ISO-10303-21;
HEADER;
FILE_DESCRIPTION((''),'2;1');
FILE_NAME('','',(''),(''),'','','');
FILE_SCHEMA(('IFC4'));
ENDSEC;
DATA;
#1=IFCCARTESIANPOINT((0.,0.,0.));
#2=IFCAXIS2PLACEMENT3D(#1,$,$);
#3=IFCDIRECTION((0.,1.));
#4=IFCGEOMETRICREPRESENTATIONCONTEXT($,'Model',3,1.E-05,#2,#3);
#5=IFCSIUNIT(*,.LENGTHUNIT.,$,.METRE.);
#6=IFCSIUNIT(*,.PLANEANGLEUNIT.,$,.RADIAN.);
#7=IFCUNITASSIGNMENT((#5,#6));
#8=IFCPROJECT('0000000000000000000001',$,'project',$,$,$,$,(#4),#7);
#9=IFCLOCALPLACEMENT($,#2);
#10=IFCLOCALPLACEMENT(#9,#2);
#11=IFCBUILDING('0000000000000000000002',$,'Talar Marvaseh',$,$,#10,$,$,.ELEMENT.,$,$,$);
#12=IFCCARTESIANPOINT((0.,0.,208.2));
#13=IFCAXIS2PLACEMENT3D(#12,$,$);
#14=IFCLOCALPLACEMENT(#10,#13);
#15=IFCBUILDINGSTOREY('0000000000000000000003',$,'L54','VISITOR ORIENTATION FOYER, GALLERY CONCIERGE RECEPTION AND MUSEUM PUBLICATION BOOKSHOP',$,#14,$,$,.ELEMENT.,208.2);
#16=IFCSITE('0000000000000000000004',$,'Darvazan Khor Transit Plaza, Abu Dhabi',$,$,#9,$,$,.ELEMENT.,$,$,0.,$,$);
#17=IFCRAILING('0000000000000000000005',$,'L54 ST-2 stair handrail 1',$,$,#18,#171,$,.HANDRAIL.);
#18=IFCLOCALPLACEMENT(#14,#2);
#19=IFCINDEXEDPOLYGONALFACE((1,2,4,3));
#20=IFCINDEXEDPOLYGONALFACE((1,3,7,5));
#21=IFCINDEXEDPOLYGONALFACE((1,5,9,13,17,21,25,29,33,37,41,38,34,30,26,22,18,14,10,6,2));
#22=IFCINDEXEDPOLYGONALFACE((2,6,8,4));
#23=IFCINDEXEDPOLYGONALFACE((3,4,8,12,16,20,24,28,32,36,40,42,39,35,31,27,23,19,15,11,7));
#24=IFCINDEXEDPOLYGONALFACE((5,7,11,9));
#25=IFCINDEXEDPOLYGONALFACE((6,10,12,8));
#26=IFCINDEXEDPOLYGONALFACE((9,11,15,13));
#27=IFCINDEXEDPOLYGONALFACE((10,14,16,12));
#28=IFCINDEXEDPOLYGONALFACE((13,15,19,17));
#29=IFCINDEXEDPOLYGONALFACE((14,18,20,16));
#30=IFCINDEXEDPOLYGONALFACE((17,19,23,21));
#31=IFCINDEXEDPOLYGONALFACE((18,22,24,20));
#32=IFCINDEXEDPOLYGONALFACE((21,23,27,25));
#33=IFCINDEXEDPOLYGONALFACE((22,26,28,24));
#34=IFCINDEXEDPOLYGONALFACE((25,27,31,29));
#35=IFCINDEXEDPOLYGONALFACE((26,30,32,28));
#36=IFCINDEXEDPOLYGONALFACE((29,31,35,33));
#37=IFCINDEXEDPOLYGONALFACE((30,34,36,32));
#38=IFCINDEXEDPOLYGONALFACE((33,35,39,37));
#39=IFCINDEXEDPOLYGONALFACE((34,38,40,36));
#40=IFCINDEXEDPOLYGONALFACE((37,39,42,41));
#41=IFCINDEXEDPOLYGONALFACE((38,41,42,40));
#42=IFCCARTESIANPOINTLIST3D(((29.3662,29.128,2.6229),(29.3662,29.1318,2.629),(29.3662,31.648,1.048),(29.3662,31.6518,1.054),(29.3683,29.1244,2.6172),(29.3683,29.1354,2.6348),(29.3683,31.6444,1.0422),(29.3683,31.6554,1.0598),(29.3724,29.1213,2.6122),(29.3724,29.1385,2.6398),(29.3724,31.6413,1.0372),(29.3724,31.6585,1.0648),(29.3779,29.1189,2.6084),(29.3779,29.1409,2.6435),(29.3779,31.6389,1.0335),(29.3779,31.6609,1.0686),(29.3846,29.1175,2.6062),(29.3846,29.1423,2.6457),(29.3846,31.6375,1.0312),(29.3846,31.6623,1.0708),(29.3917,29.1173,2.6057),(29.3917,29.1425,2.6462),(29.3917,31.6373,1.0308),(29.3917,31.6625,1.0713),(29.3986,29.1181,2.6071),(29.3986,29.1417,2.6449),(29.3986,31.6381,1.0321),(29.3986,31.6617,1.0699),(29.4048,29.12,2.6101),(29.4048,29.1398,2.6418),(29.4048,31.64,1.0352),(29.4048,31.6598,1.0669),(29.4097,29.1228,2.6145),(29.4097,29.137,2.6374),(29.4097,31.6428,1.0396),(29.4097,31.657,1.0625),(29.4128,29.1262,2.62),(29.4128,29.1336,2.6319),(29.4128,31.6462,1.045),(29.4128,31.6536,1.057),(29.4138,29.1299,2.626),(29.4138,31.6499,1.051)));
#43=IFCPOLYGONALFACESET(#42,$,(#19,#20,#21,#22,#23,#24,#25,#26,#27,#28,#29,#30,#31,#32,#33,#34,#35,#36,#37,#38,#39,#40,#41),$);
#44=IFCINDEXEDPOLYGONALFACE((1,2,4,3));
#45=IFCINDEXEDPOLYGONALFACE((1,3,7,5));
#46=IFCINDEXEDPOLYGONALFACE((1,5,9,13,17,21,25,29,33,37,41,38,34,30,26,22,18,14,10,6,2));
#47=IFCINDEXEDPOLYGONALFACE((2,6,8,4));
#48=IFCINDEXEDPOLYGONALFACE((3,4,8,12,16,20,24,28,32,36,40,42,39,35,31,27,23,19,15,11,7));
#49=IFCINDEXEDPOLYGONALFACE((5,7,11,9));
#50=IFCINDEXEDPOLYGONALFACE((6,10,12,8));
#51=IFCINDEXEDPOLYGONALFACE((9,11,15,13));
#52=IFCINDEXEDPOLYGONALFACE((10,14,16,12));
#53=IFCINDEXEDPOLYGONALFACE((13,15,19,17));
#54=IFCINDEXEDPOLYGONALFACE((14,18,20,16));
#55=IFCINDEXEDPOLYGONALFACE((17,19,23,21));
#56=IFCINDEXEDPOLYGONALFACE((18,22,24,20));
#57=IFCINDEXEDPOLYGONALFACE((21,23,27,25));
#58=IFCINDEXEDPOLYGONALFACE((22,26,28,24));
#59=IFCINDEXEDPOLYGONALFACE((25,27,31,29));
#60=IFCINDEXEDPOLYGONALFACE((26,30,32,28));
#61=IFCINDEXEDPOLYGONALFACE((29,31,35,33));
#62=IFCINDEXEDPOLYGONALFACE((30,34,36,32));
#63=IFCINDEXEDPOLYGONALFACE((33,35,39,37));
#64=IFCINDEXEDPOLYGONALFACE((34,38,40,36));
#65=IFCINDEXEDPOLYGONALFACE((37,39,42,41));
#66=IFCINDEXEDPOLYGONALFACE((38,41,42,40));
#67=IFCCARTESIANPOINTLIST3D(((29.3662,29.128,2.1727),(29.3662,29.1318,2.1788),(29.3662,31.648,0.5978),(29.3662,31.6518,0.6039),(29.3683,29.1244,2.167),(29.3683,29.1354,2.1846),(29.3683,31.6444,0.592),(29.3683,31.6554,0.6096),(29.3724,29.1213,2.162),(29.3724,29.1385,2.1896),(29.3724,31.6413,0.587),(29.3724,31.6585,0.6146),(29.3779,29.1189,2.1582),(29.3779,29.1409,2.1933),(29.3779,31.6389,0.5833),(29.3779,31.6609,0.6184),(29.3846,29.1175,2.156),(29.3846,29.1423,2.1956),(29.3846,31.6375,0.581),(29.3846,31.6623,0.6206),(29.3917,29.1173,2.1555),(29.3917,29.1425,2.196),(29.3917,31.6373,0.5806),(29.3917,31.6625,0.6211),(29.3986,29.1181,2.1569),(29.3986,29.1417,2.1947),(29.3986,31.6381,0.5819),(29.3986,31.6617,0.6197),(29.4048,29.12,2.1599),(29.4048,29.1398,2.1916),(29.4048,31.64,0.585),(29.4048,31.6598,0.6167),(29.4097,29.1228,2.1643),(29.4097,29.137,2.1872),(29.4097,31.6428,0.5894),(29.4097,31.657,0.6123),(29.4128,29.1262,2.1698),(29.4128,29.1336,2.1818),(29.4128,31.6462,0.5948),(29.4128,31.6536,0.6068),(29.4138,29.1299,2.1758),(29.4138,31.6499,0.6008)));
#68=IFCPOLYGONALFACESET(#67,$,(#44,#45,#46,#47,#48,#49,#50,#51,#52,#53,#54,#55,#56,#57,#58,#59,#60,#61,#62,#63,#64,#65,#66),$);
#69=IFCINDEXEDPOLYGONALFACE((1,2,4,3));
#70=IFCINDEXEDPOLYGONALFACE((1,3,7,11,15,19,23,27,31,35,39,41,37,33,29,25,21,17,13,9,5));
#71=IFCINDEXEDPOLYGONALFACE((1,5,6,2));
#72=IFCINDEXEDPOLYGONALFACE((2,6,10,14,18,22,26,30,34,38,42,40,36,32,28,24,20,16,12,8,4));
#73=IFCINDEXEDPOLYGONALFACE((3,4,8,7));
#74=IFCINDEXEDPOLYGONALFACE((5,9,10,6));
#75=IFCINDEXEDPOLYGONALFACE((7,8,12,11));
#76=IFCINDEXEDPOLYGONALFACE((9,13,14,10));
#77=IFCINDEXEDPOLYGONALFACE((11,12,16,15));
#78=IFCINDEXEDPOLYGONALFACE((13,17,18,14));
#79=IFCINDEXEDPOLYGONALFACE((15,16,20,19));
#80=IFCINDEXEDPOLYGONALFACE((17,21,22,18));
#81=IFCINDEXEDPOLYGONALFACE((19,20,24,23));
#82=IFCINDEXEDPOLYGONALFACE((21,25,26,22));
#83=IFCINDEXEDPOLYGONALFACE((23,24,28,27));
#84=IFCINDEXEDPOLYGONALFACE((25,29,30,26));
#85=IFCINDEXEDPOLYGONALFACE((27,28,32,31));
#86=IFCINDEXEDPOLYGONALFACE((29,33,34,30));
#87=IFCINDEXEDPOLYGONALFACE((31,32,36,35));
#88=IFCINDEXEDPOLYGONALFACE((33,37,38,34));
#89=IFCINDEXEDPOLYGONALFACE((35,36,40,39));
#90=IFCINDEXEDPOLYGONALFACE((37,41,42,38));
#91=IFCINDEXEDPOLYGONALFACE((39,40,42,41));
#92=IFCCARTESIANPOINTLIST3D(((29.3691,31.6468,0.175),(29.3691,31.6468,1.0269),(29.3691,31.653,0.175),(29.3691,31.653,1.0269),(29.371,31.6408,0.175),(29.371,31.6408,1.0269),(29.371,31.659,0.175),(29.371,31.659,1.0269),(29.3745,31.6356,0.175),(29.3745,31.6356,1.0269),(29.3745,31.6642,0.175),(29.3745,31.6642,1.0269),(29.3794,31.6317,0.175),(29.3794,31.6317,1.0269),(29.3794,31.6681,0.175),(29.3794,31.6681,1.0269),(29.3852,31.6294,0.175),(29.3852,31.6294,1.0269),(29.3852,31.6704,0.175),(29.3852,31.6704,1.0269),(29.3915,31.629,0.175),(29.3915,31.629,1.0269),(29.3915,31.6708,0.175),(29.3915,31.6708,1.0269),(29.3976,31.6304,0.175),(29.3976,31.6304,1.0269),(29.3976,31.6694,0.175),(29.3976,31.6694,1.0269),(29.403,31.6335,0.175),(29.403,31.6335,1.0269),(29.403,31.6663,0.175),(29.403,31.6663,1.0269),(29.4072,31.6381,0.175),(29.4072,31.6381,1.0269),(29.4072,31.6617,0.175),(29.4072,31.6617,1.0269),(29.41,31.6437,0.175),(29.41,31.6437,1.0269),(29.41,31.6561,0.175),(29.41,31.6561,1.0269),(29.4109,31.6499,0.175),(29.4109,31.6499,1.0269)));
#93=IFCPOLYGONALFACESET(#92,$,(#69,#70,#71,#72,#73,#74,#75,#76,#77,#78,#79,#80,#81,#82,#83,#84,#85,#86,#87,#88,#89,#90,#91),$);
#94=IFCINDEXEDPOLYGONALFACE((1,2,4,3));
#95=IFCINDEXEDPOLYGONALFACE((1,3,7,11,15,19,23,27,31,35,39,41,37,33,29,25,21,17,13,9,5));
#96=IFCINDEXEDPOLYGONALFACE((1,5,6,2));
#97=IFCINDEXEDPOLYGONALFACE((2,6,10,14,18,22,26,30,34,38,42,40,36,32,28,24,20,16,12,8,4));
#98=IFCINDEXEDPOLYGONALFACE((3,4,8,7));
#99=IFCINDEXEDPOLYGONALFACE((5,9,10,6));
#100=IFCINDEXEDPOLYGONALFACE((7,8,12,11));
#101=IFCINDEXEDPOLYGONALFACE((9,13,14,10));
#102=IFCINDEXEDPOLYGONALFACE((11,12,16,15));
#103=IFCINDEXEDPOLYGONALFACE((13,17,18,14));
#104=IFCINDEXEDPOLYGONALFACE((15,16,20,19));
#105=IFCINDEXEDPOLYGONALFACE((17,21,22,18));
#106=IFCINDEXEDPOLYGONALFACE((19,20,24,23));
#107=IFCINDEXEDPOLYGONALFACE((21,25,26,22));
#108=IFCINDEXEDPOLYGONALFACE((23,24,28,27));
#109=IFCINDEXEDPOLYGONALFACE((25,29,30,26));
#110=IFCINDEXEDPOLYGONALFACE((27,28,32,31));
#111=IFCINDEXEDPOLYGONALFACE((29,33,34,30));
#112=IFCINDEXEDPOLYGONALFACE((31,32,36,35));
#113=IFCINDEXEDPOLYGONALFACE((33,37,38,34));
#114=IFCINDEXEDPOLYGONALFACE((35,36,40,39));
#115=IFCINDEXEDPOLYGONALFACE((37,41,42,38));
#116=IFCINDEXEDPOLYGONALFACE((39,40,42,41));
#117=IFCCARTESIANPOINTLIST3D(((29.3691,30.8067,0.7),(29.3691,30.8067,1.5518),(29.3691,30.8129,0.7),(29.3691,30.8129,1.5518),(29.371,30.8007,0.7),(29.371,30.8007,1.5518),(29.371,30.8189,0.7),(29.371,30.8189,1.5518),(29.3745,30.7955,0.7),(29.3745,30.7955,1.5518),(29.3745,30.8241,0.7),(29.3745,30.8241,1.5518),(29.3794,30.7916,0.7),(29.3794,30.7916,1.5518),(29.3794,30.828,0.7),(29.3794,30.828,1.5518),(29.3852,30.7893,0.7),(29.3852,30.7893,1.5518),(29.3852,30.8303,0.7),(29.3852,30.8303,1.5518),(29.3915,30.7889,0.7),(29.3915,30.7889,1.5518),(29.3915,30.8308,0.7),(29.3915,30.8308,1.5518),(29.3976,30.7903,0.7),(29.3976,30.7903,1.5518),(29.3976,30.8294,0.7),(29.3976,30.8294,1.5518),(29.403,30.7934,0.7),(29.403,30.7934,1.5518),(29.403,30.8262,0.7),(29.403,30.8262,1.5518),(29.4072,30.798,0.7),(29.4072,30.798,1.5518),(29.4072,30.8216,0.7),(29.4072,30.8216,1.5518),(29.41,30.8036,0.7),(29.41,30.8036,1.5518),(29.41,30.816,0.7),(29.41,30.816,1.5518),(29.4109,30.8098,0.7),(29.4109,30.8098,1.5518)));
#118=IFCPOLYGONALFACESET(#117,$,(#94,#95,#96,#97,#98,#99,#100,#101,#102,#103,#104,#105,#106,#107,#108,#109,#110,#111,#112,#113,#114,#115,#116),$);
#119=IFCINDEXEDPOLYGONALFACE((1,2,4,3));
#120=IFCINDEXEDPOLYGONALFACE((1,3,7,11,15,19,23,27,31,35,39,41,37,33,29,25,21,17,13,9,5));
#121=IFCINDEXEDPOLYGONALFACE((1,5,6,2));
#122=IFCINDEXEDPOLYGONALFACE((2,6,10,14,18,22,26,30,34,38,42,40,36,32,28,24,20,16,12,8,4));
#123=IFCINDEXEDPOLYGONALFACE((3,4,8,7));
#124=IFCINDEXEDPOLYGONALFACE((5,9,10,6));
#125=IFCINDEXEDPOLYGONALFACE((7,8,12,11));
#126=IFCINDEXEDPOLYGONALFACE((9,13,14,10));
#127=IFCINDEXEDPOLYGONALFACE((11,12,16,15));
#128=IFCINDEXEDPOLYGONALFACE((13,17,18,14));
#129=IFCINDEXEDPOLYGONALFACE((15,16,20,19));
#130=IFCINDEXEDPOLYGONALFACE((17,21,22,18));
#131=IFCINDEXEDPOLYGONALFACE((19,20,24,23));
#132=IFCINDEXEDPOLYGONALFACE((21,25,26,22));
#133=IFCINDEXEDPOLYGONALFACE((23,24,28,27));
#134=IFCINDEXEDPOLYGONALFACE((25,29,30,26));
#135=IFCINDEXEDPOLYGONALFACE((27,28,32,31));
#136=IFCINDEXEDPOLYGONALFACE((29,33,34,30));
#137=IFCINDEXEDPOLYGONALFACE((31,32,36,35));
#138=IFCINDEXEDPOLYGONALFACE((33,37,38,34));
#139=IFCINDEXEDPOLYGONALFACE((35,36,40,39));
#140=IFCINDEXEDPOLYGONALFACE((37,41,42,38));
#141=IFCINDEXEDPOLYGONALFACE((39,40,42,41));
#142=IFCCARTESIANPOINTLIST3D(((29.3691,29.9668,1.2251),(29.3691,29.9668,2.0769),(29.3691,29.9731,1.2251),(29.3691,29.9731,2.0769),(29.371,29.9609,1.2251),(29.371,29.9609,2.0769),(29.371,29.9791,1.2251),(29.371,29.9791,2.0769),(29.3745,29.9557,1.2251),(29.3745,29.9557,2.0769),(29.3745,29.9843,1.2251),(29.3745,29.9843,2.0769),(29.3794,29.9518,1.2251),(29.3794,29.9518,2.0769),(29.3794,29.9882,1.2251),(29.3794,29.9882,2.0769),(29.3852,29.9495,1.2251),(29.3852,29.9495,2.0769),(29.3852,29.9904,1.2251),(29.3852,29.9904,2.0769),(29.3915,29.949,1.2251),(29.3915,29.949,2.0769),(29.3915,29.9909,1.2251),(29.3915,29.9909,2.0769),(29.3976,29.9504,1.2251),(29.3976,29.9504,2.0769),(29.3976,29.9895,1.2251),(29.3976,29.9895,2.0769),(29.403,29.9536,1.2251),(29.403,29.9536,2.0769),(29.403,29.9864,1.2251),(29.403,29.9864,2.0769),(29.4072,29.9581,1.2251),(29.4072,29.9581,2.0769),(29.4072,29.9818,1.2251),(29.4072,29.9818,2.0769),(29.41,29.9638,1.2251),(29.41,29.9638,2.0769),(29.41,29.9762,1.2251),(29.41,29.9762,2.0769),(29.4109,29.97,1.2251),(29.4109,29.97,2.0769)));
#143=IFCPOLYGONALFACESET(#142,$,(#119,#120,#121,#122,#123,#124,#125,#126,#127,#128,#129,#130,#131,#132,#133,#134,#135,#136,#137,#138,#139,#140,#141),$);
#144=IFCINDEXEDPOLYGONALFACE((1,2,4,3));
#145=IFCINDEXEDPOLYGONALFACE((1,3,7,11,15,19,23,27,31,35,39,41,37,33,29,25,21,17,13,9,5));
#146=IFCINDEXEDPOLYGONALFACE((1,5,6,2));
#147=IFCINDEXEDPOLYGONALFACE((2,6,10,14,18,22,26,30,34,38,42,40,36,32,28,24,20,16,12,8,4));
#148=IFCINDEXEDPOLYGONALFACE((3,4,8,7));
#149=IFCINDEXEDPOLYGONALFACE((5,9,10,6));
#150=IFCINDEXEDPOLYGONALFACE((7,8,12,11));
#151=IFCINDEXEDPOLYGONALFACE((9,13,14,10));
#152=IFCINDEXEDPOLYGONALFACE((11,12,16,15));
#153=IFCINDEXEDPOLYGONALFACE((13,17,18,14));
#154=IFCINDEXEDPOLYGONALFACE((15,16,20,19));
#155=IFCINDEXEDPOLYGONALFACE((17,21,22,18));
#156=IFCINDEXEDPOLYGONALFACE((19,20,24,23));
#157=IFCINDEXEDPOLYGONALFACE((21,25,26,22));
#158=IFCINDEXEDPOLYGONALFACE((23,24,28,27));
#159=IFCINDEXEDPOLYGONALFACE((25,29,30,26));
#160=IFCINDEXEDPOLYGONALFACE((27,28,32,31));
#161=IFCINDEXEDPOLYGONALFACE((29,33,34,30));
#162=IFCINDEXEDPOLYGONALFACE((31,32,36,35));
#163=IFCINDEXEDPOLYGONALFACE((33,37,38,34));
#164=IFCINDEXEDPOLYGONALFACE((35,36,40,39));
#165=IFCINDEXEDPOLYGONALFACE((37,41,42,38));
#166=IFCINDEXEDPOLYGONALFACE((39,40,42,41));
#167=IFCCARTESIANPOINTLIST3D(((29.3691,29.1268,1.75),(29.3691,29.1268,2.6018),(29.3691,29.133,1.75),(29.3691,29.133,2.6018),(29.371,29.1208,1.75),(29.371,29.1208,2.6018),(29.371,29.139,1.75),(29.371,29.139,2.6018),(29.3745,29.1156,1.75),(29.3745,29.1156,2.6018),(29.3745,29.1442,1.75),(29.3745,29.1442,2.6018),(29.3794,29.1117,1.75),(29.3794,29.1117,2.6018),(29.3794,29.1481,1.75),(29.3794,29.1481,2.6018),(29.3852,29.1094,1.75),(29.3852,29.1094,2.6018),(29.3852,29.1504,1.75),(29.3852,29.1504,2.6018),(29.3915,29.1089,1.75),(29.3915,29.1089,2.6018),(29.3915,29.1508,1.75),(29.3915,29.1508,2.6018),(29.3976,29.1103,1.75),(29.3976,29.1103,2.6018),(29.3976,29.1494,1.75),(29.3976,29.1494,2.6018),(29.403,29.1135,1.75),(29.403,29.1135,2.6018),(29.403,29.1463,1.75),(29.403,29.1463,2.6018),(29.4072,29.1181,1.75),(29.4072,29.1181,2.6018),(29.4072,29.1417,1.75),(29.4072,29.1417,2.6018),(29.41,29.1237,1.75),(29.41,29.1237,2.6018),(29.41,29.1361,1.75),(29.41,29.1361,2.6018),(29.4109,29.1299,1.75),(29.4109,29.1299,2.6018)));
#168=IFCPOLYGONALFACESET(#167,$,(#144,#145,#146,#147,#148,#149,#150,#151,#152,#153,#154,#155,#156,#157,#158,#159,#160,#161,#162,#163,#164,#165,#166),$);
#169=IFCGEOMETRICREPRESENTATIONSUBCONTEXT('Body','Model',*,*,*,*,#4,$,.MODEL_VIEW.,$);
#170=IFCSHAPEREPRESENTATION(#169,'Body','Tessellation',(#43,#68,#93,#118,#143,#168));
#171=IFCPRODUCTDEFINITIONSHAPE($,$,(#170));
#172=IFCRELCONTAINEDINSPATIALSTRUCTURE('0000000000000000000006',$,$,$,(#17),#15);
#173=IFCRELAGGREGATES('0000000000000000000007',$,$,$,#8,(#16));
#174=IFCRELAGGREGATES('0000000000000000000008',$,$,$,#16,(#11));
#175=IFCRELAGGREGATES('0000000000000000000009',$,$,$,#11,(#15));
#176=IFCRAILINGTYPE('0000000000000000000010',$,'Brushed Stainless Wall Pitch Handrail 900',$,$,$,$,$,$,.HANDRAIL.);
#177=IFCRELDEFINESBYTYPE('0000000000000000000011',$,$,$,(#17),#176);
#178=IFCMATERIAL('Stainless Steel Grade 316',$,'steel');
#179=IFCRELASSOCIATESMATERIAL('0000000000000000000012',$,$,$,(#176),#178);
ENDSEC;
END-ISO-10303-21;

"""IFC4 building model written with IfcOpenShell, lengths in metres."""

from ifc_helpers import new_model, si_unit, direction, frame, origin, origin_2d, place, context, subcontext, project, spatial, circle, extrude, material, type_object, element, save


model = new_model("IFC4")

# Units and contexts
model_context = context("Model", 3, precision=1e-05, world=origin(), true_north=direction((0.0, 1.0)))
body_context = subcontext(model_context, "Body", "Model", "MODEL_VIEW")
ifc_project = project(units=[si_unit("LENGTHUNIT", "METRE"), si_unit("PLANEANGLEUNIT", "RADIAN")], contexts=[model_context])

# Site, building, storey
site_placement = place(None, origin())
site = spatial("IfcSite", under=ifc_project, at=site_placement, Name="Darvazan Khor Transit Plaza, Abu Dhabi", CompositionType="ELEMENT", RefElevation=0.0)
building_placement = place(site_placement, origin())
building = spatial("IfcBuilding", under=site, at=building_placement, Name="Talar Marvaseh", CompositionType="ELEMENT")
storey_placement = place(building_placement, frame((0.0, 0.0, 208.2)))
storey = spatial("IfcBuildingStorey", under=building, at=storey_placement, Name="L54", Description="VISITOR ORIENTATION FOYER, GALLERY CONCIERGE RECEPTION AND MUSEUM PUBLICATION BOOKSHOP", CompositionType="ELEMENT", Elevation=208.2)

# Shared definitions
ifc_material_1 = material(Name="Stainless Steel Grade 316", Category="steel")

# Railing
railing_type_1 = type_object("IfcRailingType", Name="Brushed Stainless Wall Pitch Handrail 900", PredefinedType="HANDRAIL", material=ifc_material_1)
railing_1_placement = place(storey_placement, frame((29.3899, 31.6499, 0.175)))
element("IfcRailing", 1, at=railing_1_placement, inside=storey, type_object=railing_type_1, Name="L54 ST-2 stair handrail 1", PredefinedType="HANDRAIL", context=body_context, shape_type="SweptSolid", body=[
    extrude(circle(Radius=0.0239, at=origin_2d()), frame((0.0, 0.0, 0.876), z_axis=(0.0, -0.848008, 0.529984), x_axis=(1.0, 0.0, 0.0)), (0.0, 0.0, 1.0), 2.9717),
    extrude(circle(Radius=0.0239, at=origin_2d()), frame((0.0, 0.0, 0.4258), z_axis=(0.0, -0.848008, 0.529984), x_axis=(1.0, 0.0, 0.0)), (0.0, 0.0, 1.0), 2.9717),
    extrude(circle(Radius=0.021, at=origin_2d()), origin(), (0.0, 0.0, 1.0), 0.8518),
    extrude(circle(Radius=0.021, at=origin_2d()), frame((0.0, -0.8401, 0.5249)), (0.0, 0.0, 1.0), 0.8518),
    extrude(circle(Radius=0.021, at=origin_2d()), frame((0.0, -1.6799, 1.05)), (0.0, 0.0, 1.0), 0.8518),
    extrude(circle(Radius=0.021, at=origin_2d()), frame((0.0, -2.52, 1.575)), (0.0, 0.0, 1.0), 0.8518),
])

save(model, "model.ifc")
